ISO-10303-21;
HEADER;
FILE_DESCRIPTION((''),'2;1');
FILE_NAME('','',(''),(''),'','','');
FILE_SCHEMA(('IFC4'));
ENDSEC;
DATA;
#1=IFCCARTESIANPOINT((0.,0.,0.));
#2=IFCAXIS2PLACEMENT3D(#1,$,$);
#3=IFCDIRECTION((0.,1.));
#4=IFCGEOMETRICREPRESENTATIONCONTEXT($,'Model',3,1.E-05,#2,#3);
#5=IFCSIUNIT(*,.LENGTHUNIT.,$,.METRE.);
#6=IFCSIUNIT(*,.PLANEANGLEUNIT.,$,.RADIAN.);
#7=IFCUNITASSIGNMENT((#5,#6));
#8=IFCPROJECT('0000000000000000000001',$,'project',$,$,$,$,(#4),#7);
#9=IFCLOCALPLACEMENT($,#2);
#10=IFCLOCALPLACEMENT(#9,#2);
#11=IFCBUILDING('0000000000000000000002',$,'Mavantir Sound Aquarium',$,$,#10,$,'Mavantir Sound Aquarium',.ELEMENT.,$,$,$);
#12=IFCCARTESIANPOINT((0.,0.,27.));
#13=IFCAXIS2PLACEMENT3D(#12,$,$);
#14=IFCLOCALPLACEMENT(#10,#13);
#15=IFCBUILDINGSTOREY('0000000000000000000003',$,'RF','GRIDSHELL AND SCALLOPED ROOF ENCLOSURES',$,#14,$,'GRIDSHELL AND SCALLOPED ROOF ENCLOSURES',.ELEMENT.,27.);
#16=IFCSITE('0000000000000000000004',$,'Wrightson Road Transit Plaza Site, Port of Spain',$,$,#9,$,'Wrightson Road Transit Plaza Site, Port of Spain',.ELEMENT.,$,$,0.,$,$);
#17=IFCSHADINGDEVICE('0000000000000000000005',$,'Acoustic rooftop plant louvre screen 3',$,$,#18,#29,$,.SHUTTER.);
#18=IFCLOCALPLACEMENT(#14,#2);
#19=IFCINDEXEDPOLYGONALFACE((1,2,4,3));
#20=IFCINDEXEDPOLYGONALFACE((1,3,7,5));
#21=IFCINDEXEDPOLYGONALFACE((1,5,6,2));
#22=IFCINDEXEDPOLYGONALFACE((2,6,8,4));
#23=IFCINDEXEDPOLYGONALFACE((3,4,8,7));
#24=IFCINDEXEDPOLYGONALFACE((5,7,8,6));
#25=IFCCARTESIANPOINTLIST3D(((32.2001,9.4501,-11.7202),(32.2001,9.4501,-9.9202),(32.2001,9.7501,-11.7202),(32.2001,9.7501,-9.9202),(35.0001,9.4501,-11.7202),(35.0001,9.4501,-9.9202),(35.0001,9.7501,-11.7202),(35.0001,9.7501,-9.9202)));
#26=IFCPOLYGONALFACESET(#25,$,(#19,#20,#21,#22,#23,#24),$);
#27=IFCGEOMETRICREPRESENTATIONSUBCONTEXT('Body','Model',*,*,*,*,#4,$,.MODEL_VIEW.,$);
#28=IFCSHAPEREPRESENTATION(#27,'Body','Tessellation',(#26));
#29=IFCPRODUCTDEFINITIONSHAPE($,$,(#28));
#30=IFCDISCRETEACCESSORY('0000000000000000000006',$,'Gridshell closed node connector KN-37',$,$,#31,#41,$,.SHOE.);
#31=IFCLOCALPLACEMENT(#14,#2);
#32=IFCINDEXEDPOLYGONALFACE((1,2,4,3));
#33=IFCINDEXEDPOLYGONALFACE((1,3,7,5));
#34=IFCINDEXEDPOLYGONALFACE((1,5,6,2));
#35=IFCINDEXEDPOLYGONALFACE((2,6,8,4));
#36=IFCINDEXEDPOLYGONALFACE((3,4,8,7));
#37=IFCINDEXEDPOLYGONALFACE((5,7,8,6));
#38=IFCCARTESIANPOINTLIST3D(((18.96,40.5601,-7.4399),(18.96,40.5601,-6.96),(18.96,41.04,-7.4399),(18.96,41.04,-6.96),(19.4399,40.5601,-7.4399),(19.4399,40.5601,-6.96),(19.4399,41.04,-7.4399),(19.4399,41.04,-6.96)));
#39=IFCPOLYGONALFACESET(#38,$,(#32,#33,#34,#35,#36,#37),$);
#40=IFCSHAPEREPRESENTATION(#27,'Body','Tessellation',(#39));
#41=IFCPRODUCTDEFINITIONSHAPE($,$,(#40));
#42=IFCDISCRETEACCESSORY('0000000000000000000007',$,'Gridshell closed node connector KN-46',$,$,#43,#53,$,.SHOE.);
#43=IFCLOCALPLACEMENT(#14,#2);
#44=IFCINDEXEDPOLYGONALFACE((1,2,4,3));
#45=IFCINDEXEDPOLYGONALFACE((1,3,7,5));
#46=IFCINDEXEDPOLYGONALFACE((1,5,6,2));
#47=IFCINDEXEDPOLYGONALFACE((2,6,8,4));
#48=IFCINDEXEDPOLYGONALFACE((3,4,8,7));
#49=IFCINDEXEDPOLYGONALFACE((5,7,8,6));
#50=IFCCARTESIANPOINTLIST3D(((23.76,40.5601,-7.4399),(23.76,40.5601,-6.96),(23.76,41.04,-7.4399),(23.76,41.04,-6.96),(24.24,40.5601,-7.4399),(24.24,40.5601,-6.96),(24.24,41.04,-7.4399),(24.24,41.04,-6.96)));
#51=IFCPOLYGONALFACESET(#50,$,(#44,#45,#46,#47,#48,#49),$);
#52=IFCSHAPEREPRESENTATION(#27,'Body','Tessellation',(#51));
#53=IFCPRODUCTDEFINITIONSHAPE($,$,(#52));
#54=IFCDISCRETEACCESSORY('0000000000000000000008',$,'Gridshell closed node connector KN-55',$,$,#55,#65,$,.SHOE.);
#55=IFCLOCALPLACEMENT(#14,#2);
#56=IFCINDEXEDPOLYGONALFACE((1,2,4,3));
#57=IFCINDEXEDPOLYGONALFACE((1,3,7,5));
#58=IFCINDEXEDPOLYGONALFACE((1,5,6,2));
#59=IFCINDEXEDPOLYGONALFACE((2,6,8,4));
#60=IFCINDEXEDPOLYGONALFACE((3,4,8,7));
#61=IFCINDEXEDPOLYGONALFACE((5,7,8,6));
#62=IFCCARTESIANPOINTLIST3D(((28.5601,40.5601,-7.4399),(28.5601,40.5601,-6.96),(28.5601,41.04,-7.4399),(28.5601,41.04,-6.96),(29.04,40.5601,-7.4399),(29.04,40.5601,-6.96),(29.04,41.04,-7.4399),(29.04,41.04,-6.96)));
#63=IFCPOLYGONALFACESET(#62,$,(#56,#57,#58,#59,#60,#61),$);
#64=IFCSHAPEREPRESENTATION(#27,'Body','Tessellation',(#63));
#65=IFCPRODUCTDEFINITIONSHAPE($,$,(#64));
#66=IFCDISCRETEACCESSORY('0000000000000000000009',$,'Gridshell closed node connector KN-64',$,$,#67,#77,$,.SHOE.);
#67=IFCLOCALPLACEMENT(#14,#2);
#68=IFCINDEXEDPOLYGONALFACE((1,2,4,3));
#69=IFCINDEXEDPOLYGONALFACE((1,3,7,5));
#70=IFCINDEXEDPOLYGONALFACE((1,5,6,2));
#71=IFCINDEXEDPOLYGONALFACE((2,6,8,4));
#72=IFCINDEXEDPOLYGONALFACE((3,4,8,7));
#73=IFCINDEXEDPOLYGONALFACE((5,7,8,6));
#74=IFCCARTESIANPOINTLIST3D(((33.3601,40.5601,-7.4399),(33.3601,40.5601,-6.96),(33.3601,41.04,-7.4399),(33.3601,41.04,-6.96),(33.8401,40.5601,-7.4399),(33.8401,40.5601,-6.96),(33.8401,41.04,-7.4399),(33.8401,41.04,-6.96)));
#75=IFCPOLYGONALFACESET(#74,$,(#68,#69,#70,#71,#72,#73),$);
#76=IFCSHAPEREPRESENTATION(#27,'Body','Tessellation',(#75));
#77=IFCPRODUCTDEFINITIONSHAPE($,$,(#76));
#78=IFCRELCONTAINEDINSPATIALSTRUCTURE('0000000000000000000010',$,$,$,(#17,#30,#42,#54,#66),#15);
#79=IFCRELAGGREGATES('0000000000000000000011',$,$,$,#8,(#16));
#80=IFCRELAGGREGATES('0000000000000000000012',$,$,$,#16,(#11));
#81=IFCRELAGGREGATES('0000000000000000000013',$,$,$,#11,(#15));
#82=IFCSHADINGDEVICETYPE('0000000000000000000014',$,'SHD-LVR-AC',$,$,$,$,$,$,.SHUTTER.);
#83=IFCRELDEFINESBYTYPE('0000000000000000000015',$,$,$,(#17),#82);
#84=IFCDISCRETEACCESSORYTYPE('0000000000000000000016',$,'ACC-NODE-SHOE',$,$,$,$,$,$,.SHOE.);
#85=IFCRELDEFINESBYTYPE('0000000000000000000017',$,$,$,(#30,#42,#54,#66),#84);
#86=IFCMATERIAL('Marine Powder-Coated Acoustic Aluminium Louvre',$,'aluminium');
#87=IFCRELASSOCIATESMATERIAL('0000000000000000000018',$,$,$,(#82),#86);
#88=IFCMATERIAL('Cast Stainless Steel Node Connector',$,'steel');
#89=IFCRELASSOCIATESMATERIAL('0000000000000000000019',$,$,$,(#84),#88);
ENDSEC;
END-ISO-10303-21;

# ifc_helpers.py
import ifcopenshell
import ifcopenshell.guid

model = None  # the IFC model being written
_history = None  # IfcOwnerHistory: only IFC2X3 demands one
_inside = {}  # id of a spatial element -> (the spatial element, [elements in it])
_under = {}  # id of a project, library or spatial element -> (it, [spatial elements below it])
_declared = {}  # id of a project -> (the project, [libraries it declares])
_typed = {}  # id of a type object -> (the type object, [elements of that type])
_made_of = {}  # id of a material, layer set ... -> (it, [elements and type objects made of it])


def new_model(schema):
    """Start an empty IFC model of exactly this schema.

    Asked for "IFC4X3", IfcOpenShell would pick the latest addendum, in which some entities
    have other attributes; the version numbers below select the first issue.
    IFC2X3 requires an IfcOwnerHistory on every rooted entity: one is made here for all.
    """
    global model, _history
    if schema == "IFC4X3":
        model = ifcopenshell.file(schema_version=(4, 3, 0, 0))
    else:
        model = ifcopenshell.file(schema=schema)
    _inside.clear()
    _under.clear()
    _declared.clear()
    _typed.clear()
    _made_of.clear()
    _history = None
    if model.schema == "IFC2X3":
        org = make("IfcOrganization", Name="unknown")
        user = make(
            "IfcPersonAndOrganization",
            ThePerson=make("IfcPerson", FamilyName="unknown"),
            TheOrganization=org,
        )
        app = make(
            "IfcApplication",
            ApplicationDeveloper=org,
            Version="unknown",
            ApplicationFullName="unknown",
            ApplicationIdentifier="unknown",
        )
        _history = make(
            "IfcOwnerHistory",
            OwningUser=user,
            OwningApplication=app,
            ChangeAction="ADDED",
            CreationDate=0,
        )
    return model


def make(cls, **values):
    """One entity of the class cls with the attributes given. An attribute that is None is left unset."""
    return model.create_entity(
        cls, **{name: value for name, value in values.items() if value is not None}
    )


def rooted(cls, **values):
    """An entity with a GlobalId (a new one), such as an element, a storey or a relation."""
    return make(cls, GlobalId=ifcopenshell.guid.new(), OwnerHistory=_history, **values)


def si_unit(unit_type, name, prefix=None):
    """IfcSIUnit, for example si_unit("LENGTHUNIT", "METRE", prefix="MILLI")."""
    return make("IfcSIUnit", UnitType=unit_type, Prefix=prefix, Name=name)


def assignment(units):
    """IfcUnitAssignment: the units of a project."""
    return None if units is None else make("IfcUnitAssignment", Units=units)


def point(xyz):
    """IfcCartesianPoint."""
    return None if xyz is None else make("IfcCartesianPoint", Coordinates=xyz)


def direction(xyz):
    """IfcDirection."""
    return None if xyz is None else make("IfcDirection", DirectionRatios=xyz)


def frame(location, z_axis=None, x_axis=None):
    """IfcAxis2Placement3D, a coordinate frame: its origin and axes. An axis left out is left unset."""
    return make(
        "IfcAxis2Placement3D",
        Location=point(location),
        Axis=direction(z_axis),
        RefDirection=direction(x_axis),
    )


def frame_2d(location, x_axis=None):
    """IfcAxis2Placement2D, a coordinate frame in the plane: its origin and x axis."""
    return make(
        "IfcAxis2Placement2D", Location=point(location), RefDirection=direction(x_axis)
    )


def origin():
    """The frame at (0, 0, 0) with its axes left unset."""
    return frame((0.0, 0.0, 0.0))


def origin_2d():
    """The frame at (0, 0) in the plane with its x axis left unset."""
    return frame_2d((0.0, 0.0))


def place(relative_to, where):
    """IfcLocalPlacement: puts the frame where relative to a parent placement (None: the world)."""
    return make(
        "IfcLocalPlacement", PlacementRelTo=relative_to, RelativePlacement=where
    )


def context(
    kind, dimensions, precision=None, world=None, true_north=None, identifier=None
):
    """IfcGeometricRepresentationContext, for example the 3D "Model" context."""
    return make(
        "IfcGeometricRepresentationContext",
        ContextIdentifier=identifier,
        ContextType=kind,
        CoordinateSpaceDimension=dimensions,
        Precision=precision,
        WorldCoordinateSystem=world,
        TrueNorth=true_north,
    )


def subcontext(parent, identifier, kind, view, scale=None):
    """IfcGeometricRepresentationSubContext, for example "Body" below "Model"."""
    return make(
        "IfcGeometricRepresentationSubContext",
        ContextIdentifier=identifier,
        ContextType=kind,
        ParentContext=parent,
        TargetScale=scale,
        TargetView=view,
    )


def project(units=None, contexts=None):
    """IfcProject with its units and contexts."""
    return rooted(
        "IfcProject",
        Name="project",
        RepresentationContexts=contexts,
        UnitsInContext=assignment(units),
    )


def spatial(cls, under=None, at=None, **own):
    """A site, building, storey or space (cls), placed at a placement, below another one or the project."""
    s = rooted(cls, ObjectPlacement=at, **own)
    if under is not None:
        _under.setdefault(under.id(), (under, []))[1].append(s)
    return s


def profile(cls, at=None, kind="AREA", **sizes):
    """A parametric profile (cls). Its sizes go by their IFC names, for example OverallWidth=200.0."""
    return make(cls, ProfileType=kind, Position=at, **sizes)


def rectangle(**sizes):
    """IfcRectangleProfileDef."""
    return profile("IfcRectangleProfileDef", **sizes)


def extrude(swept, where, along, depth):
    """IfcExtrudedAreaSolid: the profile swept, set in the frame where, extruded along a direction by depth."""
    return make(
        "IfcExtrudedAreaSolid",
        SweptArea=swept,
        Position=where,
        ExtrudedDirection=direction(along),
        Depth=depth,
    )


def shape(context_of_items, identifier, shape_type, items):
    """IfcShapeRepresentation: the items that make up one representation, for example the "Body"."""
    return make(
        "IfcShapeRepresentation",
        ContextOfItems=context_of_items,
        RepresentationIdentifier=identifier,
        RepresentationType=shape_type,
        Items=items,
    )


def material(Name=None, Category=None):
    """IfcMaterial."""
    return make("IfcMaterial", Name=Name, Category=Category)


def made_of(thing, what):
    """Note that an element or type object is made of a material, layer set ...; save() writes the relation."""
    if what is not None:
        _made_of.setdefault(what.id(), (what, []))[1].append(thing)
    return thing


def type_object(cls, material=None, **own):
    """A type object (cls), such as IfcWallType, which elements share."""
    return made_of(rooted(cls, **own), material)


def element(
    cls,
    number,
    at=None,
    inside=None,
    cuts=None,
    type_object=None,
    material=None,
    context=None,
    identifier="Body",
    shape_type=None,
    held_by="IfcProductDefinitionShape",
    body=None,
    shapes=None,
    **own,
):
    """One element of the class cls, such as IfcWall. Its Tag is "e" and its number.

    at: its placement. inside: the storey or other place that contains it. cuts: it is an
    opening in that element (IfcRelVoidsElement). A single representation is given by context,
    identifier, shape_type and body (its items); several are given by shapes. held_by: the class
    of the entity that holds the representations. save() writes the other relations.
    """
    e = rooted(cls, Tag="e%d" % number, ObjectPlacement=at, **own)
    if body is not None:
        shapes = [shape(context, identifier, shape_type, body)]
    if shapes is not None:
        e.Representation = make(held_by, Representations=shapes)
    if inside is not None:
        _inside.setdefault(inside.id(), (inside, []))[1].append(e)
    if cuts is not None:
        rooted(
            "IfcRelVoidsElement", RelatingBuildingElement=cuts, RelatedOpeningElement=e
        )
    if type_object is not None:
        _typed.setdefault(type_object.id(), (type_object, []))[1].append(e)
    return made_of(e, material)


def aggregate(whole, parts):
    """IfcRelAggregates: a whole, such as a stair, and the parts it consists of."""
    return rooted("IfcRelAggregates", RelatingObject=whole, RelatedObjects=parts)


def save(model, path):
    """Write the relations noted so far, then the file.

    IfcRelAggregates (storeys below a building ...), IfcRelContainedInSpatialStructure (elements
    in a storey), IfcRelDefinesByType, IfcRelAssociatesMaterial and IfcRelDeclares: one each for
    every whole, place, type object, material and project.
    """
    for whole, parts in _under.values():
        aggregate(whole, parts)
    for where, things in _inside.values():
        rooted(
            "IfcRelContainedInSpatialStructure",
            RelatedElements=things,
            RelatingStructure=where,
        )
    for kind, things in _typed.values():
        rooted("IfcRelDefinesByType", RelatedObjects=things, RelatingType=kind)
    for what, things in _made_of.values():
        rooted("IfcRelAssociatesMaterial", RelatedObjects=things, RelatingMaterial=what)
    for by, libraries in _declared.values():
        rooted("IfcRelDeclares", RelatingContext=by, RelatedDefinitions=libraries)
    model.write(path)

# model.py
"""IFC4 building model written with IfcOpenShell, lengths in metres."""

from ifc_helpers import new_model, si_unit, direction, frame, origin, origin_2d, place, context, subcontext, project, spatial, rectangle, extrude, material, type_object, element, save


model = new_model("IFC4")

# Units and contexts
model_context = context("Model", 3, precision=1e-05, world=origin(), true_north=direction((0.0, 1.0)))
body_context = subcontext(model_context, "Body", "Model", "MODEL_VIEW")
ifc_project = project(units=[si_unit("LENGTHUNIT", "METRE"), si_unit("PLANEANGLEUNIT", "RADIAN")], contexts=[model_context])

# Site, building, storey
site_placement = place(None, origin())
site = spatial("IfcSite", under=ifc_project, at=site_placement, Name="Wrightson Road Transit Plaza Site, Port of Spain", LongName="Wrightson Road Transit Plaza Site, Port of Spain", CompositionType="ELEMENT", RefElevation=0.0)
building_placement = place(site_placement, origin())
building = spatial("IfcBuilding", under=site, at=building_placement, Name="Mavantir Sound Aquarium", LongName="Mavantir Sound Aquarium", CompositionType="ELEMENT")
storey_placement = place(building_placement, frame((0.0, 0.0, 27.0)))
storey = spatial("IfcBuildingStorey", under=building, at=storey_placement, Name="RF", Description="GRIDSHELL AND SCALLOPED ROOF ENCLOSURES", LongName="GRIDSHELL AND SCALLOPED ROOF ENCLOSURES", CompositionType="ELEMENT", Elevation=27.0)

# Shading device
ifc_material_1 = material(Name="Marine Powder-Coated Acoustic Aluminium Louvre", Category="aluminium")
shading_device_type = type_object("IfcShadingDeviceType", Name="SHD-LVR-AC", PredefinedType="SHUTTER", material=ifc_material_1)
for number, where, z_axis, x_axis, name in (
    (1, (33.6001, 9.6001, -11.7202), (0.0, 0.0, 1.0), (1.0, 0.0, 0.0), "Acoustic rooftop plant louvre screen 3"),
):
    element("IfcShadingDevice", number, at=place(storey_placement, frame(where, z_axis=z_axis, x_axis=x_axis)), inside=storey, type_object=shading_device_type, Name=name, PredefinedType="SHUTTER", context=body_context, shape_type="SweptSolid", body=[
        extrude(rectangle(XDim=2.8, YDim=0.3, at=origin_2d()), origin(), (0.0, 0.0, 1.0), 1.8),
    ])

# Discrete accessories
ifc_material_2 = material(Name="Cast Stainless Steel Node Connector", Category="steel")
discrete_accessory_type = type_object("IfcDiscreteAccessoryType", Name="ACC-NODE-SHOE", PredefinedType="SHOE", material=ifc_material_2)
for number, where, z_axis, x_axis, name in (
    (2, (19.2, 40.8, -7.4399), (0.0, 0.0, 1.0), (1.0, 0.0, 0.0), "Gridshell closed node connector KN-37"),
    (3, (24.0, 40.8, -7.4399), (0.0, 0.0, 1.0), (1.0, 0.0, 0.0), "Gridshell closed node connector KN-46"),
    (4, (28.8, 40.8, -7.4399), (0.0, 0.0, 1.0), (1.0, 0.0, 0.0), "Gridshell closed node connector KN-55"),
    (5, (33.6001, 40.8, -7.4399), (0.0, 0.0, 1.0), (1.0, 0.0, 0.0), "Gridshell closed node connector KN-64"),
):
    element("IfcDiscreteAccessory", number, at=place(storey_placement, frame(where, z_axis=z_axis, x_axis=x_axis)), inside=storey, type_object=discrete_accessory_type, Name=name, PredefinedType="SHOE", context=body_context, shape_type="SweptSolid", body=[
        extrude(rectangle(XDim=0.48, YDim=0.48, at=origin_2d()), origin(), (0.0, 0.0, 1.0), 0.48),
    ])

save(model, "model.ifc")
